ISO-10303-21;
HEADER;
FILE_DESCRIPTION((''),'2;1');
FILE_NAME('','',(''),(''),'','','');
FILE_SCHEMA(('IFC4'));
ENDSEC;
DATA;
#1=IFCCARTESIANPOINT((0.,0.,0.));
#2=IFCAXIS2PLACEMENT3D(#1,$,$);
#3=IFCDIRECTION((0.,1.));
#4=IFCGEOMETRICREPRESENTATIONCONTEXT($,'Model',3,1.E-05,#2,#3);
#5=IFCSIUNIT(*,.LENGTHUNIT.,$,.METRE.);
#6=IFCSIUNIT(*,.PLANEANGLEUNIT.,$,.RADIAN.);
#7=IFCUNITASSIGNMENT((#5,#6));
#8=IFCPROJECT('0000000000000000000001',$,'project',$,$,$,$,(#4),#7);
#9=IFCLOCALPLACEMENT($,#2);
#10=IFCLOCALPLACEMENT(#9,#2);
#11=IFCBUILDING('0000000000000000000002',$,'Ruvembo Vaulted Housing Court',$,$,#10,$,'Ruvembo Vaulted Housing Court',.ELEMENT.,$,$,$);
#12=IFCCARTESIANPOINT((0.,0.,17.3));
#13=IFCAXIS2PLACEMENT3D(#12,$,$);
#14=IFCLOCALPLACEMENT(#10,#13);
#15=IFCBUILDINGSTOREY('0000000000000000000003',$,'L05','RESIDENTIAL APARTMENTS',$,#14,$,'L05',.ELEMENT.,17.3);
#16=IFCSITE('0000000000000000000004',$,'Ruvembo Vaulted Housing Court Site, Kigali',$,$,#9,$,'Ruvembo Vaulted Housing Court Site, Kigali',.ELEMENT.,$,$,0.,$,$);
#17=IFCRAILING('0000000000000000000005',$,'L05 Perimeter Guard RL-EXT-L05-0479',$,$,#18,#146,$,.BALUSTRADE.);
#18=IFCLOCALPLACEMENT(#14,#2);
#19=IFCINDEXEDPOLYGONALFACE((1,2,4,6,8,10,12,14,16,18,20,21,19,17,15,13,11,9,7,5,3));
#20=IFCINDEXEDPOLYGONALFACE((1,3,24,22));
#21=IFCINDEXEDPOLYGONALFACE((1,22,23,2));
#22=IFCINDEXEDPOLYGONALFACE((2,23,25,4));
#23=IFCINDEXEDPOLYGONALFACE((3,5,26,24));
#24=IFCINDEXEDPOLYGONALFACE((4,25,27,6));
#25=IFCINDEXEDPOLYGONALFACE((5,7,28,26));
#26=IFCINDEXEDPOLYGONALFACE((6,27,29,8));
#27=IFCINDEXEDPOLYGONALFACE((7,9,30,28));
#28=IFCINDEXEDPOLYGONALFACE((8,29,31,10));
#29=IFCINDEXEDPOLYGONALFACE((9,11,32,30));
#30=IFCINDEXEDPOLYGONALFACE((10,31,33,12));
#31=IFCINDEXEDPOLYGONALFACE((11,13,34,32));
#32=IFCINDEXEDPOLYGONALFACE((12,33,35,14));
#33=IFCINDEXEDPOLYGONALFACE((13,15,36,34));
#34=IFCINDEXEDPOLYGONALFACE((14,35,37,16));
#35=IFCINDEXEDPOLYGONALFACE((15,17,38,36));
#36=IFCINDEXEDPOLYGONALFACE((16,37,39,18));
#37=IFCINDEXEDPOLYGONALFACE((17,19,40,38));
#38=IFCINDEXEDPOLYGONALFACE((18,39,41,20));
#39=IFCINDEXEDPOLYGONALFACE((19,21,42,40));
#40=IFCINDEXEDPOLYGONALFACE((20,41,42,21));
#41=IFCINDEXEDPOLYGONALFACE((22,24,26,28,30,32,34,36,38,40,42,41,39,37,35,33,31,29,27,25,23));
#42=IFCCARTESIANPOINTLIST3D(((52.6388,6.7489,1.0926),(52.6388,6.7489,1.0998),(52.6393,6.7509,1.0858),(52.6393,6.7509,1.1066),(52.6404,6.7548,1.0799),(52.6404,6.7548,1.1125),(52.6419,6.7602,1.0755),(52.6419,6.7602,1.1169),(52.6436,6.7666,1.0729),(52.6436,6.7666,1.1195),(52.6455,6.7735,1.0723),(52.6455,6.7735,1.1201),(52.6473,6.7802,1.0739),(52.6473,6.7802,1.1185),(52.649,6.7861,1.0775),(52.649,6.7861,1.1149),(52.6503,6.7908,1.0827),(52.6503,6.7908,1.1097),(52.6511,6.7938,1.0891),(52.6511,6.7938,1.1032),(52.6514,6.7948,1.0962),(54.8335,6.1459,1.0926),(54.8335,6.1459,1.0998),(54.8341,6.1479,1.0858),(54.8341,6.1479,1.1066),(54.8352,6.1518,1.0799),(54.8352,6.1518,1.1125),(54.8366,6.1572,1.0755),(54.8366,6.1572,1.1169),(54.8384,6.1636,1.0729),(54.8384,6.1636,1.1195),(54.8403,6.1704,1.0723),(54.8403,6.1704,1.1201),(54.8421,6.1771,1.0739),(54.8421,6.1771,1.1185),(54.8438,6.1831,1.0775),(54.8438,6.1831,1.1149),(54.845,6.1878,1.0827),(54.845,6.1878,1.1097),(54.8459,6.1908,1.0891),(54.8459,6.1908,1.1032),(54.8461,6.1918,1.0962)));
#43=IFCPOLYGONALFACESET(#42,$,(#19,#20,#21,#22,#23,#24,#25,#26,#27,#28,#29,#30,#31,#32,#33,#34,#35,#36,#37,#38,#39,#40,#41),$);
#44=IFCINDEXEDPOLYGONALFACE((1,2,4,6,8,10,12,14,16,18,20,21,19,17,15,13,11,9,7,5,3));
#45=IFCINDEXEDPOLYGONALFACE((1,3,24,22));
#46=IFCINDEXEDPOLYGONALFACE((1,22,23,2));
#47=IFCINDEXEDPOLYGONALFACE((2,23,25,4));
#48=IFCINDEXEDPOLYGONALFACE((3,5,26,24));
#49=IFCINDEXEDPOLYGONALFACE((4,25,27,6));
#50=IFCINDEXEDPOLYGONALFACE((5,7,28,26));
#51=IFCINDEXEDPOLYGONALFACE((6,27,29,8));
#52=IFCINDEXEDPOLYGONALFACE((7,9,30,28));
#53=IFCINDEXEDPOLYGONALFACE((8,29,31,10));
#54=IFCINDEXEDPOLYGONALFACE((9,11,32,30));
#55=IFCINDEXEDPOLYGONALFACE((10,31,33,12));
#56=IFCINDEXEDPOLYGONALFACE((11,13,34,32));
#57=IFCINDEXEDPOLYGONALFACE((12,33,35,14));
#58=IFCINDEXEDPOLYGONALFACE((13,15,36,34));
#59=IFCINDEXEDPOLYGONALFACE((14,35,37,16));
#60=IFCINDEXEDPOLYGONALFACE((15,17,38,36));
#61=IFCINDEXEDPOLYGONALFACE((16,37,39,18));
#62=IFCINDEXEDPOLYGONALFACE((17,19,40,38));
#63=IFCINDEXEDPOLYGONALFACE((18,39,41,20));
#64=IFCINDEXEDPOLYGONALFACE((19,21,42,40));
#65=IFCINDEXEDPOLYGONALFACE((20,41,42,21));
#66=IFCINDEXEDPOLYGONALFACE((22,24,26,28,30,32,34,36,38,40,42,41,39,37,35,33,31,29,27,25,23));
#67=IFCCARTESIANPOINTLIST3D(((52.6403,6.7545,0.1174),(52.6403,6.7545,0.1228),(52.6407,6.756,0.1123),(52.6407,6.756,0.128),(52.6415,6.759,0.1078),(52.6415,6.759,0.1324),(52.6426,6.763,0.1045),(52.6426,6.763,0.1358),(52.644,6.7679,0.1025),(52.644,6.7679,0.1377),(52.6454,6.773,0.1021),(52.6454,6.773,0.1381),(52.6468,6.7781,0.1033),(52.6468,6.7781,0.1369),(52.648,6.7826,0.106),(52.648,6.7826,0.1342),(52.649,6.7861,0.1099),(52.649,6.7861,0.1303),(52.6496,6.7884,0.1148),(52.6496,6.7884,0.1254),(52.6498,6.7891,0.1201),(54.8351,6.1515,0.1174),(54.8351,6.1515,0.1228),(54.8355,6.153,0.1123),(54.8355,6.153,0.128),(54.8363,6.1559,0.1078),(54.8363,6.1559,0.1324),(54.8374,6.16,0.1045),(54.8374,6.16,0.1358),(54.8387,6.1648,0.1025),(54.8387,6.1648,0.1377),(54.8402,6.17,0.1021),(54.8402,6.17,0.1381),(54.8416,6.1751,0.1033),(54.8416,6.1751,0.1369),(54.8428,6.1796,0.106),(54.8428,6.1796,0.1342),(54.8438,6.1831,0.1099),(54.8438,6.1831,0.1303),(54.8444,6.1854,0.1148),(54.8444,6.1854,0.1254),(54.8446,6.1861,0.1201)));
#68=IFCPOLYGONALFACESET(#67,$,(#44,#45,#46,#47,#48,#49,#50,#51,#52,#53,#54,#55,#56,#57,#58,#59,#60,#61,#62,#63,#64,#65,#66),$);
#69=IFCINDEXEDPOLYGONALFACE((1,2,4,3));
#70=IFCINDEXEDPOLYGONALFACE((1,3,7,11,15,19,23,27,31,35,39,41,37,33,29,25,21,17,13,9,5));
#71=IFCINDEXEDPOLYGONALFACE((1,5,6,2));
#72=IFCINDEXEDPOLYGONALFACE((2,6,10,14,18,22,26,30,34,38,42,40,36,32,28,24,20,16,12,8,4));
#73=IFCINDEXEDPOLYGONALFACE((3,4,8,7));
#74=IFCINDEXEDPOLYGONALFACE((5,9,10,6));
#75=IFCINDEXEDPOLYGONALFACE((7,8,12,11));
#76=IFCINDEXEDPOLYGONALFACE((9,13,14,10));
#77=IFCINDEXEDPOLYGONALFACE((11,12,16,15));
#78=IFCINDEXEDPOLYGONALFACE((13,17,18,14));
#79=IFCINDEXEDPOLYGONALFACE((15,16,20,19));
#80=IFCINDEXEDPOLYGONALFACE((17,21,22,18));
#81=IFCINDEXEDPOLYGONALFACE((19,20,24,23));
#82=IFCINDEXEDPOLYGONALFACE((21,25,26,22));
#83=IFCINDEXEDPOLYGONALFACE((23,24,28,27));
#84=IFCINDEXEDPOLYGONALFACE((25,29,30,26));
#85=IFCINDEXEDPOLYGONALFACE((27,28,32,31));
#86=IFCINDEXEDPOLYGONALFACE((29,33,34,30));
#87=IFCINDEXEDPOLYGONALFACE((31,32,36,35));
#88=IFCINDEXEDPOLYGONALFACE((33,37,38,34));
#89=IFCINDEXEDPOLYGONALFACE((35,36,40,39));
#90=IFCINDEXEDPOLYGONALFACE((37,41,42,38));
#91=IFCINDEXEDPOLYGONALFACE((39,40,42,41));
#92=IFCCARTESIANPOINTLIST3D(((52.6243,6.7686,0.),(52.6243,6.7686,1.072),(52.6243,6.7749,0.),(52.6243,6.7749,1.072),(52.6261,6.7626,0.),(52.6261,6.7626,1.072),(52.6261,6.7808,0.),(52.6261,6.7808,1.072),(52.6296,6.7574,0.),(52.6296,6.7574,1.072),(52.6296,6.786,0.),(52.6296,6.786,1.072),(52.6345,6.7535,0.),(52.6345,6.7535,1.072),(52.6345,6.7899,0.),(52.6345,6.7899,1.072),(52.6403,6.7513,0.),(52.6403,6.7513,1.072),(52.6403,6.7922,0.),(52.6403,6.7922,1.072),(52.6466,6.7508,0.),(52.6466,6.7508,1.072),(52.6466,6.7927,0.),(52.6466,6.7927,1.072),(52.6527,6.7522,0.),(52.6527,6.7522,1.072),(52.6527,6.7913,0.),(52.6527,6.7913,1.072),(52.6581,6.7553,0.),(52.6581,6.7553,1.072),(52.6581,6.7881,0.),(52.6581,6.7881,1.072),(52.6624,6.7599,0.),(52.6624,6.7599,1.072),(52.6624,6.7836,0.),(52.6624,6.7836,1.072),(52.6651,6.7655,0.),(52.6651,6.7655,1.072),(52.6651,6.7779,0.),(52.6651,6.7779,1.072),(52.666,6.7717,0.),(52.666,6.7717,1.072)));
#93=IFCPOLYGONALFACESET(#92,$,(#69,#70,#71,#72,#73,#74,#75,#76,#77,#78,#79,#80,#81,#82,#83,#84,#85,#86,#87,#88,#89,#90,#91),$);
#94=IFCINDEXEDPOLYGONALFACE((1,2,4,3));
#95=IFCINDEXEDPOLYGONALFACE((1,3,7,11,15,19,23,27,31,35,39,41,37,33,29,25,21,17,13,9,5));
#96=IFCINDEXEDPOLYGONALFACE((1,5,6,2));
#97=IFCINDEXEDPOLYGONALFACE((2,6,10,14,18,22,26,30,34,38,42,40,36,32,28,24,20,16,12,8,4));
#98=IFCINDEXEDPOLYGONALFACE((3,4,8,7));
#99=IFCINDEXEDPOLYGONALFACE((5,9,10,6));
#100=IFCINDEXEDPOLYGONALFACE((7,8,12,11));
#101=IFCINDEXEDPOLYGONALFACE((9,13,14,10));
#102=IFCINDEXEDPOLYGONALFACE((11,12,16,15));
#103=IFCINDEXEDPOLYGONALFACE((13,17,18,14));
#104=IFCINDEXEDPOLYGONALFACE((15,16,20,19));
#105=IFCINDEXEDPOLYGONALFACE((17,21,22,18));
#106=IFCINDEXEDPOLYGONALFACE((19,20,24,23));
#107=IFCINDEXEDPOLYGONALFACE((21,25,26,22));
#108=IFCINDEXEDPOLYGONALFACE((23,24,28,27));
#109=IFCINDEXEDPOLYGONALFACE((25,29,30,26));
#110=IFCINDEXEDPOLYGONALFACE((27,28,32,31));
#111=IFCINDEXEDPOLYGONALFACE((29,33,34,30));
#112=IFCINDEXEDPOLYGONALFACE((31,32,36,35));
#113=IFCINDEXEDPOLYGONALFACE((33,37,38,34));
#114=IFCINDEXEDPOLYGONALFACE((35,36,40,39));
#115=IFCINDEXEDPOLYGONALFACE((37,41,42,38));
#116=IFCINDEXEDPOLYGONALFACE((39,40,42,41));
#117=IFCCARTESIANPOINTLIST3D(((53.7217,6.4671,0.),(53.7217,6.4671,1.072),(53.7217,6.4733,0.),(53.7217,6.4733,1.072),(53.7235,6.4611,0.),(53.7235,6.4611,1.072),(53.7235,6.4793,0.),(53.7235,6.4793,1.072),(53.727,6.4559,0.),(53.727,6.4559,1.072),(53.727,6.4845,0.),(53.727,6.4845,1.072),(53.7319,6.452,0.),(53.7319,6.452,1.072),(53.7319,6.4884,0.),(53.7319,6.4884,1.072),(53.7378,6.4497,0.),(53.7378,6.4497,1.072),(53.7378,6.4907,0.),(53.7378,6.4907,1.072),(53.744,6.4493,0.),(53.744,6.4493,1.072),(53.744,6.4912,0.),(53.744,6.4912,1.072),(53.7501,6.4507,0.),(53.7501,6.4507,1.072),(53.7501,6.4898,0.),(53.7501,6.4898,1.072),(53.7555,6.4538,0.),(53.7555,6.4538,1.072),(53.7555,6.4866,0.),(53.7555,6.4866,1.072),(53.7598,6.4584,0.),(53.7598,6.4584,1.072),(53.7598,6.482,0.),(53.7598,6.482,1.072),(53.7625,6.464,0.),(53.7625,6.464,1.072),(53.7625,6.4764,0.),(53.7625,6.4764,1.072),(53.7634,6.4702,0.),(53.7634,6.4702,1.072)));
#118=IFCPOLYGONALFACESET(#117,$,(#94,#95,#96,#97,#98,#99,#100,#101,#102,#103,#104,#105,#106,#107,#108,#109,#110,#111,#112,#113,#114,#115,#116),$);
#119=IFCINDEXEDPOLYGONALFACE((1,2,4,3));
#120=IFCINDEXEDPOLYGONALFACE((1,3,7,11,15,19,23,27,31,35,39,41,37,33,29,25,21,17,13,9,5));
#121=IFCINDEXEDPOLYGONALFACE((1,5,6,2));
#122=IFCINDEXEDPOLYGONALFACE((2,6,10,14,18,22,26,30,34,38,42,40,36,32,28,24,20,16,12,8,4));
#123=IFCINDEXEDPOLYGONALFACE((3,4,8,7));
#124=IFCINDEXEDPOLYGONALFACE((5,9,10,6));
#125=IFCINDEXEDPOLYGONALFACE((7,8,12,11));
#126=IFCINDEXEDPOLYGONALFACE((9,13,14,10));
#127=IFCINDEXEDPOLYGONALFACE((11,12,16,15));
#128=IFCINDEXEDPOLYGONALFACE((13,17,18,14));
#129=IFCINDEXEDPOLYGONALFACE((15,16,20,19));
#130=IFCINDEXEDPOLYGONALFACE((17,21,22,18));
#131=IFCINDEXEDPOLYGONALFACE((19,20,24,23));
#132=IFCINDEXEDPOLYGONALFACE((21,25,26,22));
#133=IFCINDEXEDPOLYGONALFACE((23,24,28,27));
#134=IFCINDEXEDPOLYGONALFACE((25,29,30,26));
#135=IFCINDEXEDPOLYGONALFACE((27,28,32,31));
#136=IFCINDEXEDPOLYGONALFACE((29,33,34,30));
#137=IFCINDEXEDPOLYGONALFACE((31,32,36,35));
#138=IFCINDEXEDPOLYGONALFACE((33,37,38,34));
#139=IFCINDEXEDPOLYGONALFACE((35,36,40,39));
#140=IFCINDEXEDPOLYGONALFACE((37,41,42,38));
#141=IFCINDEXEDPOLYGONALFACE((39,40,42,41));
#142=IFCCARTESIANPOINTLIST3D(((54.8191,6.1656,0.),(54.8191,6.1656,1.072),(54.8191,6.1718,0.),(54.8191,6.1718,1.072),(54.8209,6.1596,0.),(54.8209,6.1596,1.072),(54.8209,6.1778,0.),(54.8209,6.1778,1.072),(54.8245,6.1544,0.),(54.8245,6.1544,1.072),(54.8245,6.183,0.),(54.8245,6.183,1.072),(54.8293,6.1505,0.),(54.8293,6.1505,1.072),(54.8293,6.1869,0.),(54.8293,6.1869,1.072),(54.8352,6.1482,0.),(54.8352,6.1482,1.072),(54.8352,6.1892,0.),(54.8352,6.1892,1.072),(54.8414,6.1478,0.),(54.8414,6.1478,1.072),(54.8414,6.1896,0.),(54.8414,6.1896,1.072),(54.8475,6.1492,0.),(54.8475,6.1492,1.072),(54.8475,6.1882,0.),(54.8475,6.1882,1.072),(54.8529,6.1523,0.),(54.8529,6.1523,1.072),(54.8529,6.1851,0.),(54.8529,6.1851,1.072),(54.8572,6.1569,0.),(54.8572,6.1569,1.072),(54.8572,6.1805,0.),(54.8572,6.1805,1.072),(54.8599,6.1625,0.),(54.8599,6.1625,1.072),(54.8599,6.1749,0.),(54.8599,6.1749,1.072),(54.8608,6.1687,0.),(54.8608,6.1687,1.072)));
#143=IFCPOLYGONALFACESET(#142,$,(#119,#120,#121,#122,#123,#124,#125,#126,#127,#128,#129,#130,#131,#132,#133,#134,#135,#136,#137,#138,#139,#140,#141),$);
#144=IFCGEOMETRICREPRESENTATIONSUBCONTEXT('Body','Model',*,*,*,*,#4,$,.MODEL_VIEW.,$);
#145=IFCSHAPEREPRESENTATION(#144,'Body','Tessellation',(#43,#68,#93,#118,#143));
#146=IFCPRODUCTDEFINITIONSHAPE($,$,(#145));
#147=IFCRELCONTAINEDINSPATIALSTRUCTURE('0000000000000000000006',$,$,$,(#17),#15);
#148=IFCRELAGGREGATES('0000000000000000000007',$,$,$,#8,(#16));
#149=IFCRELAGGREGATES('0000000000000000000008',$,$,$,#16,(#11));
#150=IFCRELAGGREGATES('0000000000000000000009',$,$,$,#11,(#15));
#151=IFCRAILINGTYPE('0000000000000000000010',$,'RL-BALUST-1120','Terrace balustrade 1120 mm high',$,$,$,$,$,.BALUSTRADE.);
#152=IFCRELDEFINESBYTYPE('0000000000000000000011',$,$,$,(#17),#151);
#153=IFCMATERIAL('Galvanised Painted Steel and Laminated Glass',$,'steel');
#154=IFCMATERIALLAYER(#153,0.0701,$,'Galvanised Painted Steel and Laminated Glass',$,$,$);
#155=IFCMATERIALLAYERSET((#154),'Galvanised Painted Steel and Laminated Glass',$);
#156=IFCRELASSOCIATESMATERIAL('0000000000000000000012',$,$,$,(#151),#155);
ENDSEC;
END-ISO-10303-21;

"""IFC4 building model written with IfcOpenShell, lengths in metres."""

from ifc_helpers import new_model, si_unit, direction, frame, origin, origin_2d, place, context, subcontext, project, spatial, circle, extrude, material, layer, layer_set, type_object, element, save


model = new_model("IFC4")

# Units and contexts
model_context = context("Model", 3, precision=1e-05, world=origin(), true_north=direction((0.0, 1.0)))
body_context = subcontext(model_context, "Body", "Model", "MODEL_VIEW")
ifc_project = project(units=[si_unit("LENGTHUNIT", "METRE"), si_unit("PLANEANGLEUNIT", "RADIAN")], contexts=[model_context])

# Site, building, storey
site_placement = place(None, origin())
site = spatial("IfcSite", under=ifc_project, at=site_placement, Name="Ruvembo Vaulted Housing Court Site, Kigali", LongName="Ruvembo Vaulted Housing Court Site, Kigali", CompositionType="ELEMENT", RefElevation=0.0)
building_placement = place(site_placement, origin())
building = spatial("IfcBuilding", under=site, at=building_placement, Name="Ruvembo Vaulted Housing Court", LongName="Ruvembo Vaulted Housing Court", CompositionType="ELEMENT")
storey_placement = place(building_placement, frame((0.0, 0.0, 17.3)))
storey = spatial("IfcBuildingStorey", under=building, at=storey_placement, Name="L05", Description="RESIDENTIAL APARTMENTS", LongName="L05", CompositionType="ELEMENT", Elevation=17.3)

# Railing
ifc_material_1 = material(Name="Galvanised Painted Steel and Laminated Glass", Category="steel")
ifc_layer_1 = layer(ifc_material_1, 0.0701, Name="Galvanised Painted Steel and Laminated Glass")
ifc_layer_set_1 = layer_set([ifc_layer_1], Name="Galvanised Painted Steel and Laminated Glass")
railing_type = type_object("IfcRailingType", Name="RL-BALUST-1120", Description="Terrace balustrade 1120 mm high", PredefinedType="BALUSTRADE", material=ifc_layer_set_1)
railing_1_placement = place(storey_placement, frame((52.645, 6.7717, 0.0)))
element("IfcRailing", 1, at=railing_1_placement, inside=storey, type_object=railing_type, Name="L05 Perimeter Guard RL-EXT-L05-0479", PredefinedType="BALUSTRADE", context=body_context, shape_type="SweptSolid", body=[
    extrude(circle(Radius=0.0239, at=origin_2d()), frame((0.0, 0.0, 1.0962), z_axis=(0.964267, -0.264932, 0.0), x_axis=(0.264932, 0.964267, 0.0)), (0.0, 0.0, 1.0), 2.2761),
    extrude(circle(Radius=0.0181, at=origin_2d()), frame((0.0, 0.0, 0.1201), z_axis=(0.964267, -0.264932, 0.0), x_axis=(0.264932, 0.964267, 0.0)), (0.0, 0.0, 1.0), 2.2761),
    extrude(circle(Radius=0.021, at=origin_2d()), origin(), (0.0, 0.0, 1.0), 1.072),
    extrude(circle(Radius=0.021, at=origin_2d()), frame((1.0974, -0.3015, 0.0)), (0.0, 0.0, 1.0), 1.072),
    extrude(circle(Radius=0.021, at=origin_2d()), frame((2.1948, -0.603, 0.0)), (0.0, 0.0, 1.0), 1.072),
])

save(model, "model.ifc")
